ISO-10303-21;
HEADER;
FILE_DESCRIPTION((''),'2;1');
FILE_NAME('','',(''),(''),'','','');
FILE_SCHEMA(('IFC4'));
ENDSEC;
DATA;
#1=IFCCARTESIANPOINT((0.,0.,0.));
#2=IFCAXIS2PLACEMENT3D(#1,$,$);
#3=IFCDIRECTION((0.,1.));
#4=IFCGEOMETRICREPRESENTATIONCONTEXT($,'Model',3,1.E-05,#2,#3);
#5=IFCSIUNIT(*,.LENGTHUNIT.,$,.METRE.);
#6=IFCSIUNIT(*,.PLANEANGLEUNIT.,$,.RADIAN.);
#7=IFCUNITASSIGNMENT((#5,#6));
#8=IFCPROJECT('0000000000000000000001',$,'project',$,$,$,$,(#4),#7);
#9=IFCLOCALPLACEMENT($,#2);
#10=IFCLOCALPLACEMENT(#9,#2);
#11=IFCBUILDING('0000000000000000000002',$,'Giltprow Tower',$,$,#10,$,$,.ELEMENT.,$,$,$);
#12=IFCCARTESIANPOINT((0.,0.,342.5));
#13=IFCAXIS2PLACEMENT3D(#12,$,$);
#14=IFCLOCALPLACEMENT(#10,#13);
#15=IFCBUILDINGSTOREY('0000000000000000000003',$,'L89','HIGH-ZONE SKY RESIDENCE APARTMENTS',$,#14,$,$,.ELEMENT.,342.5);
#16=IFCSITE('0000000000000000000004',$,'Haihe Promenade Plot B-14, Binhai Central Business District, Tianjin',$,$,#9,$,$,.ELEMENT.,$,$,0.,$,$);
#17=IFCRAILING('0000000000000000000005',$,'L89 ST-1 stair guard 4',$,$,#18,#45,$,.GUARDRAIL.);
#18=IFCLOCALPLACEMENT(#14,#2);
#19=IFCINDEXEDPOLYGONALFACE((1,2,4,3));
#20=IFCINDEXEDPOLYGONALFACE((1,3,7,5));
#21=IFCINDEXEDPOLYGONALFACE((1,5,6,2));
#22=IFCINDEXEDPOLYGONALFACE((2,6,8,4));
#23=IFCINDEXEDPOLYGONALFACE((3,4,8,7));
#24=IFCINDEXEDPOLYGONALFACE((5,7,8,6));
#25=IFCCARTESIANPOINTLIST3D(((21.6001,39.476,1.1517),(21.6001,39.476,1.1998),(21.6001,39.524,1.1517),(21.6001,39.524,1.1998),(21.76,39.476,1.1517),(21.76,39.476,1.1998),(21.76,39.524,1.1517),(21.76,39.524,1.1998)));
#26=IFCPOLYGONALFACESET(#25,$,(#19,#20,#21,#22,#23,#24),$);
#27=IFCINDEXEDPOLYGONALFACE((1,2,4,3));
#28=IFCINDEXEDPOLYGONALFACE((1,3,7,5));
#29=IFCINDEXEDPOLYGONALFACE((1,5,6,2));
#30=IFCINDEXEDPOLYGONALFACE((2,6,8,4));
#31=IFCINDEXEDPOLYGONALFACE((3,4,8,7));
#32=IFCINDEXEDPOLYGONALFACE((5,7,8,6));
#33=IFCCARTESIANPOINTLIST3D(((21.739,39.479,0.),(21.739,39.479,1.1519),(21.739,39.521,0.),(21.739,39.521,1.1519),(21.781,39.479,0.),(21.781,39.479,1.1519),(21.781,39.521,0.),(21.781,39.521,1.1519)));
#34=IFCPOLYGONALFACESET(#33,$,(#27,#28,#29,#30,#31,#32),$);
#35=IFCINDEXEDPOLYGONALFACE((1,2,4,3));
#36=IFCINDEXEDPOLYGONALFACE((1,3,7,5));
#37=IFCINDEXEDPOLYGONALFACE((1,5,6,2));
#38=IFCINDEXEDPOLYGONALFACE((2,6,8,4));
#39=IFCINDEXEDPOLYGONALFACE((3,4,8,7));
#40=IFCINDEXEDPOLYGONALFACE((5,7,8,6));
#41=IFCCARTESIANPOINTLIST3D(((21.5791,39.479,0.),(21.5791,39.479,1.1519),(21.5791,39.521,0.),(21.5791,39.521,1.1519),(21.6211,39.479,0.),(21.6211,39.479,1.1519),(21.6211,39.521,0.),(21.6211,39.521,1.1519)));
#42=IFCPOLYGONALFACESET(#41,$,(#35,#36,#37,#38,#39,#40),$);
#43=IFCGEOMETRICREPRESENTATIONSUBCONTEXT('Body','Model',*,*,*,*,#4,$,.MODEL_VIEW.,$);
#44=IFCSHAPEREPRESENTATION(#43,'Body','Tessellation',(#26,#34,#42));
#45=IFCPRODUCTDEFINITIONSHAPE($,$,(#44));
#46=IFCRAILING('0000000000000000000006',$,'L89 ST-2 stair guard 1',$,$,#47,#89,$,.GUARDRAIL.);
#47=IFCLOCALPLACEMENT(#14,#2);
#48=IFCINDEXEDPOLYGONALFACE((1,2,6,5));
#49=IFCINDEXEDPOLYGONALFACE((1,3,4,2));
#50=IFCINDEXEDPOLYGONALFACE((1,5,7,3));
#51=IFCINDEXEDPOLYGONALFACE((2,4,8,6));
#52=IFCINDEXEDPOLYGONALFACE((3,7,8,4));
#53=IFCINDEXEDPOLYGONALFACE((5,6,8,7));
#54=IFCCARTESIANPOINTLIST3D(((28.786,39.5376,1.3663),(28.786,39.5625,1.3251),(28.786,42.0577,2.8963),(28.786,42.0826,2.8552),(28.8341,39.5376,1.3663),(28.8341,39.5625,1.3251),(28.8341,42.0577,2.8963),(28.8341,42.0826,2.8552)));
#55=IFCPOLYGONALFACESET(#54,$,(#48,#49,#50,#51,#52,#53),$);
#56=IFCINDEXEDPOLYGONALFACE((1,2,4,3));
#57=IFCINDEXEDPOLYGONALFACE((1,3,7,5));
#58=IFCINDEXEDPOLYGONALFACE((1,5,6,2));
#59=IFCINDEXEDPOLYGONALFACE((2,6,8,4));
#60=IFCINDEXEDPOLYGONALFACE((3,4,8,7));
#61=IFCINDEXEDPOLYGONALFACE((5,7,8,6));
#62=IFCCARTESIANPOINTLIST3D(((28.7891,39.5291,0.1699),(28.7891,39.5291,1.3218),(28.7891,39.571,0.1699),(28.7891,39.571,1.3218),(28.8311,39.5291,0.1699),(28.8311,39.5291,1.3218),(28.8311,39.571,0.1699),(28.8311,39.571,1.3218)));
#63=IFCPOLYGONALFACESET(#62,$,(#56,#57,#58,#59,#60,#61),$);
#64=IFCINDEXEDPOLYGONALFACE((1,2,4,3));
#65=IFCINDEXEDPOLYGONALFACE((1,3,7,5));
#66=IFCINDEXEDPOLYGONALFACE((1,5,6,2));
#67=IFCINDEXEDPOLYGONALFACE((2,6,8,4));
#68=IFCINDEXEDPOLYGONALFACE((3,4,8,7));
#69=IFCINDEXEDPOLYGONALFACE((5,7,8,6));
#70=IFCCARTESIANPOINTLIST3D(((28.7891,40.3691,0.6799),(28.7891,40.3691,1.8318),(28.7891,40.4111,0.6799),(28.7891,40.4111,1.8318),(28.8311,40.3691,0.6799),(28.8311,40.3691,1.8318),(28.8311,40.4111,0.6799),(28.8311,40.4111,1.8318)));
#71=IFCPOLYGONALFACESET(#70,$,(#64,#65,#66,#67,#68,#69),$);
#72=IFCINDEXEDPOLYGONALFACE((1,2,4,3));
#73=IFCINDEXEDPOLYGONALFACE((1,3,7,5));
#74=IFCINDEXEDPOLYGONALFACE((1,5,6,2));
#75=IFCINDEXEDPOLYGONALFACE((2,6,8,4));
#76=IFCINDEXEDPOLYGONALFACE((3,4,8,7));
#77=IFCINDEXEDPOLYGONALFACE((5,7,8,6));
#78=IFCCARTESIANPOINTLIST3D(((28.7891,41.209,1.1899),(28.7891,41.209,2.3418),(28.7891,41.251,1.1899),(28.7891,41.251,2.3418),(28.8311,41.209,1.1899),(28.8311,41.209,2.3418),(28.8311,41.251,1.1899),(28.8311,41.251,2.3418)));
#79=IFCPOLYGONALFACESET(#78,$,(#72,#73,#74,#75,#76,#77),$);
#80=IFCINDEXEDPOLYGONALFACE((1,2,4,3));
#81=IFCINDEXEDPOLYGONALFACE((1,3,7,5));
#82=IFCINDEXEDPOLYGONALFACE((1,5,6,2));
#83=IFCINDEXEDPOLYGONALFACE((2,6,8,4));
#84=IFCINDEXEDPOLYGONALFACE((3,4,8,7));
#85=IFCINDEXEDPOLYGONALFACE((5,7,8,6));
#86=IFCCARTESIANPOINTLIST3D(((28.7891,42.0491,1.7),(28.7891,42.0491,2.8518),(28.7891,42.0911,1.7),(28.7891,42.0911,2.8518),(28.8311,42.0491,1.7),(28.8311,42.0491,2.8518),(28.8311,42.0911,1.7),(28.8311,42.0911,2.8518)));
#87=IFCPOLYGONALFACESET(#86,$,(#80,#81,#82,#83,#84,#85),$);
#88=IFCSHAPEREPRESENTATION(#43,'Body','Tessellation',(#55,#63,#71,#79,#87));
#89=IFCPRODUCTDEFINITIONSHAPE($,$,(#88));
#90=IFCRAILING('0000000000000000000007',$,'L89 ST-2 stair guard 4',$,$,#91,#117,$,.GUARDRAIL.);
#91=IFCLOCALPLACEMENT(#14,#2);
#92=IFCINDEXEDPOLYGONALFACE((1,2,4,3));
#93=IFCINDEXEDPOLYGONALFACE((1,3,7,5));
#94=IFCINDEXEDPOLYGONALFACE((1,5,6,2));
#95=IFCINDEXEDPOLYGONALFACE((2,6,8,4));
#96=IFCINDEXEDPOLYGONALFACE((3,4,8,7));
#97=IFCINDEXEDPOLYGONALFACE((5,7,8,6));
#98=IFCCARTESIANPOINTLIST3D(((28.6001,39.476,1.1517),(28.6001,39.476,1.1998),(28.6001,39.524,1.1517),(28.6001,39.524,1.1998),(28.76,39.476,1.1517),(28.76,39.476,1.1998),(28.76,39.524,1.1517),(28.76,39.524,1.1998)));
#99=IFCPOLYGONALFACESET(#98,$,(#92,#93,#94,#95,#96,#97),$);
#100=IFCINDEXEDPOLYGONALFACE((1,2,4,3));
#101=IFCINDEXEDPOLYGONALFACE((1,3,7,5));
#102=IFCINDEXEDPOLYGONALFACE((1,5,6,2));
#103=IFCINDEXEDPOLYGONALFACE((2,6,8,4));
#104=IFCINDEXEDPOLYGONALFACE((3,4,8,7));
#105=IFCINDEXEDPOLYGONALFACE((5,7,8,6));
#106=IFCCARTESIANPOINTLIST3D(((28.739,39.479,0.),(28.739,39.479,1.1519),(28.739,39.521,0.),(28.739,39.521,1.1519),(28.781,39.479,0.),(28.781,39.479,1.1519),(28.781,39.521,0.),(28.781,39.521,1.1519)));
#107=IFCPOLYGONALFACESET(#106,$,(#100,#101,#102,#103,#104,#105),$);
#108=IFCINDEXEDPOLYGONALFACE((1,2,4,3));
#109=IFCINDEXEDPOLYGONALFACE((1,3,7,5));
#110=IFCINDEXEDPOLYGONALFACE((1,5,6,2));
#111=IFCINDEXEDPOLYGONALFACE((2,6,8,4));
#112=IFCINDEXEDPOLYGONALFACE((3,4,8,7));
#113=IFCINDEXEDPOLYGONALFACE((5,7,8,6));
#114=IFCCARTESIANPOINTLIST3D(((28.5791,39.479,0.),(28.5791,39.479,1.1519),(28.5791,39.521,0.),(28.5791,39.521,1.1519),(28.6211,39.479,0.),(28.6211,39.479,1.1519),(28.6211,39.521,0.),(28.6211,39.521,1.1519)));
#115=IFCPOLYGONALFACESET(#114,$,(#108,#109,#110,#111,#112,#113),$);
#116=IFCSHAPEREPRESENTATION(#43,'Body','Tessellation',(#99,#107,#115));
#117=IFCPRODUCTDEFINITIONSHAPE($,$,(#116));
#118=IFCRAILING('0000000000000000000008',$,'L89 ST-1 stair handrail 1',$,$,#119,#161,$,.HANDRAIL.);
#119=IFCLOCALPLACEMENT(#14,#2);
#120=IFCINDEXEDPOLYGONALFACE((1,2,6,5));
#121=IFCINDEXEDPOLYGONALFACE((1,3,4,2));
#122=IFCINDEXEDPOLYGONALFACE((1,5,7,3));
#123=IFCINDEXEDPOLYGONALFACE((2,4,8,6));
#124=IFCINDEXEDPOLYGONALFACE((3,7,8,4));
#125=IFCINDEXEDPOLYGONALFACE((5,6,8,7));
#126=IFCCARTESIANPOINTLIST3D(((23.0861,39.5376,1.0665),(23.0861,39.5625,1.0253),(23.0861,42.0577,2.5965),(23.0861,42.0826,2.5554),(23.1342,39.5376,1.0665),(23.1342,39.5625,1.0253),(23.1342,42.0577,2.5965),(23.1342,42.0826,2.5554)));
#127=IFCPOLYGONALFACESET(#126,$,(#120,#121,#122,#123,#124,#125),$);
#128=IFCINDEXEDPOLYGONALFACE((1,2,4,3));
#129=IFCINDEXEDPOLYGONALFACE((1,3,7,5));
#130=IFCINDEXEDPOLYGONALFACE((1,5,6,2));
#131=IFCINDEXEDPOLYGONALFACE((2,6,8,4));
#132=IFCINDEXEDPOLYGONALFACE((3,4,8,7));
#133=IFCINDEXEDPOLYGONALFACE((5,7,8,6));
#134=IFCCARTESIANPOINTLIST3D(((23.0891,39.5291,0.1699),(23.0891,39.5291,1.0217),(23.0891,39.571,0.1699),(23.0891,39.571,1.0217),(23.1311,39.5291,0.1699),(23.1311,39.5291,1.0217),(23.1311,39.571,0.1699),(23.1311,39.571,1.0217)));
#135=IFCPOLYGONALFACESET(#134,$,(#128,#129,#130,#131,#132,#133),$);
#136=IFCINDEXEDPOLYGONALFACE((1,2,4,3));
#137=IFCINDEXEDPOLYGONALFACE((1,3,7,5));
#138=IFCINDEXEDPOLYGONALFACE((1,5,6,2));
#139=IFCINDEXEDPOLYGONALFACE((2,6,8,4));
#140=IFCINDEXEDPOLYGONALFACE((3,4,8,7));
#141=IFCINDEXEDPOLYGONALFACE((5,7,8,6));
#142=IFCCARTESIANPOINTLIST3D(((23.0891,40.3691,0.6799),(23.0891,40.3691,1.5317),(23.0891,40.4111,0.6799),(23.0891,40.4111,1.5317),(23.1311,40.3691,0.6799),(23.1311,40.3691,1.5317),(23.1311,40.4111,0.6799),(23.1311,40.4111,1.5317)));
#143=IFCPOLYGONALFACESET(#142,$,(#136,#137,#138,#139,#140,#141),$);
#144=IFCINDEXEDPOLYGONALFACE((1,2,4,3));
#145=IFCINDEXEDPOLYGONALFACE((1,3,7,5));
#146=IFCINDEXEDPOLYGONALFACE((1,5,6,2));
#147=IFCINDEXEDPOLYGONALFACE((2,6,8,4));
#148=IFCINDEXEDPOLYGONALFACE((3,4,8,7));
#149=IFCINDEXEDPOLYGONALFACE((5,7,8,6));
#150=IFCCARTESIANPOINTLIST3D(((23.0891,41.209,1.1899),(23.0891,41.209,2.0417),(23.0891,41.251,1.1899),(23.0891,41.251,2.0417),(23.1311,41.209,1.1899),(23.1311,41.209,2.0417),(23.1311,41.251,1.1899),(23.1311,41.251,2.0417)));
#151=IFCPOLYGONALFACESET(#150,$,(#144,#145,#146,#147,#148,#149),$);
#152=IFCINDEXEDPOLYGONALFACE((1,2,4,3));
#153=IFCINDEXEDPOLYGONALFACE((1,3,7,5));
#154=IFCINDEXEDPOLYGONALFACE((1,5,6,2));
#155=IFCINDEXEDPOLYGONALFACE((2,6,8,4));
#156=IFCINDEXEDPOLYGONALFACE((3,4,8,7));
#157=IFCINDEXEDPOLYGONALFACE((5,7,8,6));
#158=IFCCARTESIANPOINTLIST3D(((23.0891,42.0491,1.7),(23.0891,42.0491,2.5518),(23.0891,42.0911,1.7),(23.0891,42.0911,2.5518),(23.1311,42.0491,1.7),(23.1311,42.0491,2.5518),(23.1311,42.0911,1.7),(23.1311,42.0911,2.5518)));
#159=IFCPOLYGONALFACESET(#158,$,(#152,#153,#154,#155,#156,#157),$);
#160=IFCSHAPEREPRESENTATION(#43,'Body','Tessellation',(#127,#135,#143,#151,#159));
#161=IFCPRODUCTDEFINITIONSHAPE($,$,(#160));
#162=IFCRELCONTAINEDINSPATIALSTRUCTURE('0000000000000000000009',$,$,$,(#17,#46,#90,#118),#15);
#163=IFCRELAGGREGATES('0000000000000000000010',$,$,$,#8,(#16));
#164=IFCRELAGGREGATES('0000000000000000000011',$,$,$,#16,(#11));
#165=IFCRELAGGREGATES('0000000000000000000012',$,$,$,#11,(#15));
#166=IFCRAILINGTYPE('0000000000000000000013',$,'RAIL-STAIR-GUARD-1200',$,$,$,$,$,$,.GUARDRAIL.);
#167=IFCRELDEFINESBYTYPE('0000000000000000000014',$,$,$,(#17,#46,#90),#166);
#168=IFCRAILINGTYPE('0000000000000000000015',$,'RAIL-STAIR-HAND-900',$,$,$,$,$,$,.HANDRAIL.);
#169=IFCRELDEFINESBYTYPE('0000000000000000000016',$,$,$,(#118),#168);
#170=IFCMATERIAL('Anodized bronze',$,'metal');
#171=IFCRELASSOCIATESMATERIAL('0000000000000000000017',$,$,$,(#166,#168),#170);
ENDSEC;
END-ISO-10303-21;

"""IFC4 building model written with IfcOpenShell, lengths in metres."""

from ifc_helpers import new_model, si_unit, direction, frame, origin, origin_2d, place, context, subcontext, project, spatial, rectangle, extrude, material, type_object, element, save


model = new_model("IFC4")

# Units and contexts
model_context = context("Model", 3, precision=1e-05, world=origin(), true_north=direction((0.0, 1.0)))
body_context = subcontext(model_context, "Body", "Model", "MODEL_VIEW")
ifc_project = project(units=[si_unit("LENGTHUNIT", "METRE"), si_unit("PLANEANGLEUNIT", "RADIAN")], contexts=[model_context])

# Site, building, storey
site_placement = place(None, origin())
site = spatial("IfcSite", under=ifc_project, at=site_placement, Name="Haihe Promenade Plot B-14, Binhai Central Business District, Tianjin", CompositionType="ELEMENT", RefElevation=0.0)
building_placement = place(site_placement, origin())
building = spatial("IfcBuilding", under=site, at=building_placement, Name="Giltprow Tower", CompositionType="ELEMENT")
storey_placement = place(building_placement, frame((0.0, 0.0, 342.5)))
storey = spatial("IfcBuildingStorey", under=building, at=storey_placement, Name="L89", Description="HIGH-ZONE SKY RESIDENCE APARTMENTS", CompositionType="ELEMENT", Elevation=342.5)

# Railings
ifc_material_1 = material(Name="Anodized bronze", Category="metal")
railing_type_1 = type_object("IfcRailingType", Name="RAIL-STAIR-GUARD-1200", PredefinedType="GUARDRAIL", material=ifc_material_1)
railing_1_placement = place(storey_placement, frame((21.76, 39.5, 0.0)))
element("IfcRailing", 1, at=railing_1_placement, inside=storey, type_object=railing_type_1, Name="L89 ST-1 stair guard 4", PredefinedType="GUARDRAIL", context=body_context, shape_type="SweptSolid", body=[
    extrude(rectangle(XDim=0.0481, YDim=0.0481, at=origin_2d()), frame((0.0, 0.0, 1.1758), z_axis=(-1.0, 0.0, 0.0), x_axis=(0.0, -1.0, 0.0)), (0.0, 0.0, 1.0), 0.1599),
    extrude(rectangle(XDim=0.042, YDim=0.042, at=origin_2d()), origin(), (0.0, 0.0, 1.0), 1.1519),
    extrude(rectangle(XDim=0.042, YDim=0.042, at=origin_2d()), frame((-0.1599, 0.0, 0.0)), (0.0, 0.0, 1.0), 1.1519),
])
railing_2_placement = place(storey_placement, frame((28.8101, 39.55, 0.1699)))
element("IfcRailing", 2, at=railing_2_placement, inside=storey, type_object=railing_type_1, Name="L89 ST-2 stair guard 1", PredefinedType="GUARDRAIL", context=body_context, shape_type="SweptSolid", body=[
    extrude(rectangle(XDim=0.0481, YDim=0.0481, at=origin_2d()), frame((0.0, 0.0, 1.1758), z_axis=(0.0, 0.854785, 0.518982), x_axis=(-1.0, 0.0, 0.0)), (0.0, 0.0, 1.0), 2.9482),
    extrude(rectangle(XDim=0.042, YDim=0.042, at=origin_2d()), origin(), (0.0, 0.0, 1.0), 1.1519),
    extrude(rectangle(XDim=0.042, YDim=0.042, at=origin_2d()), frame((0.0, 0.8401, 0.51)), (0.0, 0.0, 1.0), 1.1519),
    extrude(rectangle(XDim=0.042, YDim=0.042, at=origin_2d()), frame((0.0, 1.6799, 1.02)), (0.0, 0.0, 1.0), 1.1519),
    extrude(rectangle(XDim=0.042, YDim=0.042, at=origin_2d()), frame((0.0, 2.52, 1.53)), (0.0, 0.0, 1.0), 1.1519),
])
railing_3_placement = place(storey_placement, frame((28.76, 39.5, 0.0)))
element("IfcRailing", 3, at=railing_3_placement, inside=storey, type_object=railing_type_1, Name="L89 ST-2 stair guard 4", PredefinedType="GUARDRAIL", context=body_context, shape_type="SweptSolid", body=[
    extrude(rectangle(XDim=0.0481, YDim=0.0481, at=origin_2d()), frame((0.0, 0.0, 1.1758), z_axis=(-1.0, 0.0, 0.0), x_axis=(0.0, -1.0, 0.0)), (0.0, 0.0, 1.0), 0.1599),
    extrude(rectangle(XDim=0.042, YDim=0.042, at=origin_2d()), origin(), (0.0, 0.0, 1.0), 1.1519),
    extrude(rectangle(XDim=0.042, YDim=0.042, at=origin_2d()), frame((-0.1599, 0.0, 0.0)), (0.0, 0.0, 1.0), 1.1519),
])
railing_type_2 = type_object("IfcRailingType", Name="RAIL-STAIR-HAND-900", PredefinedType="HANDRAIL", material=ifc_material_1)
railing_4_placement = place(storey_placement, frame((23.1101, 39.55, 0.1699)))
element("IfcRailing", 4, at=railing_4_placement, inside=storey, type_object=railing_type_2, Name="L89 ST-1 stair handrail 1", PredefinedType="HANDRAIL", context=body_context, shape_type="SweptSolid", body=[
    extrude(rectangle(XDim=0.0481, YDim=0.0481, at=origin_2d()), frame((0.0, 0.0, 0.876), z_axis=(0.0, 0.854785, 0.518982), x_axis=(-1.0, 0.0, 0.0)), (0.0, 0.0, 1.0), 2.9482),
    extrude(rectangle(XDim=0.042, YDim=0.042, at=origin_2d()), origin(), (0.0, 0.0, 1.0), 0.8518),
    extrude(rectangle(XDim=0.042, YDim=0.042, at=origin_2d()), frame((0.0, 0.8401, 0.51)), (0.0, 0.0, 1.0), 0.8518),
    extrude(rectangle(XDim=0.042, YDim=0.042, at=origin_2d()), frame((0.0, 1.6799, 1.02)), (0.0, 0.0, 1.0), 0.8518),
    extrude(rectangle(XDim=0.042, YDim=0.042, at=origin_2d()), frame((0.0, 2.52, 1.53)), (0.0, 0.0, 1.0), 0.8518),
])

save(model, "model.ifc")
